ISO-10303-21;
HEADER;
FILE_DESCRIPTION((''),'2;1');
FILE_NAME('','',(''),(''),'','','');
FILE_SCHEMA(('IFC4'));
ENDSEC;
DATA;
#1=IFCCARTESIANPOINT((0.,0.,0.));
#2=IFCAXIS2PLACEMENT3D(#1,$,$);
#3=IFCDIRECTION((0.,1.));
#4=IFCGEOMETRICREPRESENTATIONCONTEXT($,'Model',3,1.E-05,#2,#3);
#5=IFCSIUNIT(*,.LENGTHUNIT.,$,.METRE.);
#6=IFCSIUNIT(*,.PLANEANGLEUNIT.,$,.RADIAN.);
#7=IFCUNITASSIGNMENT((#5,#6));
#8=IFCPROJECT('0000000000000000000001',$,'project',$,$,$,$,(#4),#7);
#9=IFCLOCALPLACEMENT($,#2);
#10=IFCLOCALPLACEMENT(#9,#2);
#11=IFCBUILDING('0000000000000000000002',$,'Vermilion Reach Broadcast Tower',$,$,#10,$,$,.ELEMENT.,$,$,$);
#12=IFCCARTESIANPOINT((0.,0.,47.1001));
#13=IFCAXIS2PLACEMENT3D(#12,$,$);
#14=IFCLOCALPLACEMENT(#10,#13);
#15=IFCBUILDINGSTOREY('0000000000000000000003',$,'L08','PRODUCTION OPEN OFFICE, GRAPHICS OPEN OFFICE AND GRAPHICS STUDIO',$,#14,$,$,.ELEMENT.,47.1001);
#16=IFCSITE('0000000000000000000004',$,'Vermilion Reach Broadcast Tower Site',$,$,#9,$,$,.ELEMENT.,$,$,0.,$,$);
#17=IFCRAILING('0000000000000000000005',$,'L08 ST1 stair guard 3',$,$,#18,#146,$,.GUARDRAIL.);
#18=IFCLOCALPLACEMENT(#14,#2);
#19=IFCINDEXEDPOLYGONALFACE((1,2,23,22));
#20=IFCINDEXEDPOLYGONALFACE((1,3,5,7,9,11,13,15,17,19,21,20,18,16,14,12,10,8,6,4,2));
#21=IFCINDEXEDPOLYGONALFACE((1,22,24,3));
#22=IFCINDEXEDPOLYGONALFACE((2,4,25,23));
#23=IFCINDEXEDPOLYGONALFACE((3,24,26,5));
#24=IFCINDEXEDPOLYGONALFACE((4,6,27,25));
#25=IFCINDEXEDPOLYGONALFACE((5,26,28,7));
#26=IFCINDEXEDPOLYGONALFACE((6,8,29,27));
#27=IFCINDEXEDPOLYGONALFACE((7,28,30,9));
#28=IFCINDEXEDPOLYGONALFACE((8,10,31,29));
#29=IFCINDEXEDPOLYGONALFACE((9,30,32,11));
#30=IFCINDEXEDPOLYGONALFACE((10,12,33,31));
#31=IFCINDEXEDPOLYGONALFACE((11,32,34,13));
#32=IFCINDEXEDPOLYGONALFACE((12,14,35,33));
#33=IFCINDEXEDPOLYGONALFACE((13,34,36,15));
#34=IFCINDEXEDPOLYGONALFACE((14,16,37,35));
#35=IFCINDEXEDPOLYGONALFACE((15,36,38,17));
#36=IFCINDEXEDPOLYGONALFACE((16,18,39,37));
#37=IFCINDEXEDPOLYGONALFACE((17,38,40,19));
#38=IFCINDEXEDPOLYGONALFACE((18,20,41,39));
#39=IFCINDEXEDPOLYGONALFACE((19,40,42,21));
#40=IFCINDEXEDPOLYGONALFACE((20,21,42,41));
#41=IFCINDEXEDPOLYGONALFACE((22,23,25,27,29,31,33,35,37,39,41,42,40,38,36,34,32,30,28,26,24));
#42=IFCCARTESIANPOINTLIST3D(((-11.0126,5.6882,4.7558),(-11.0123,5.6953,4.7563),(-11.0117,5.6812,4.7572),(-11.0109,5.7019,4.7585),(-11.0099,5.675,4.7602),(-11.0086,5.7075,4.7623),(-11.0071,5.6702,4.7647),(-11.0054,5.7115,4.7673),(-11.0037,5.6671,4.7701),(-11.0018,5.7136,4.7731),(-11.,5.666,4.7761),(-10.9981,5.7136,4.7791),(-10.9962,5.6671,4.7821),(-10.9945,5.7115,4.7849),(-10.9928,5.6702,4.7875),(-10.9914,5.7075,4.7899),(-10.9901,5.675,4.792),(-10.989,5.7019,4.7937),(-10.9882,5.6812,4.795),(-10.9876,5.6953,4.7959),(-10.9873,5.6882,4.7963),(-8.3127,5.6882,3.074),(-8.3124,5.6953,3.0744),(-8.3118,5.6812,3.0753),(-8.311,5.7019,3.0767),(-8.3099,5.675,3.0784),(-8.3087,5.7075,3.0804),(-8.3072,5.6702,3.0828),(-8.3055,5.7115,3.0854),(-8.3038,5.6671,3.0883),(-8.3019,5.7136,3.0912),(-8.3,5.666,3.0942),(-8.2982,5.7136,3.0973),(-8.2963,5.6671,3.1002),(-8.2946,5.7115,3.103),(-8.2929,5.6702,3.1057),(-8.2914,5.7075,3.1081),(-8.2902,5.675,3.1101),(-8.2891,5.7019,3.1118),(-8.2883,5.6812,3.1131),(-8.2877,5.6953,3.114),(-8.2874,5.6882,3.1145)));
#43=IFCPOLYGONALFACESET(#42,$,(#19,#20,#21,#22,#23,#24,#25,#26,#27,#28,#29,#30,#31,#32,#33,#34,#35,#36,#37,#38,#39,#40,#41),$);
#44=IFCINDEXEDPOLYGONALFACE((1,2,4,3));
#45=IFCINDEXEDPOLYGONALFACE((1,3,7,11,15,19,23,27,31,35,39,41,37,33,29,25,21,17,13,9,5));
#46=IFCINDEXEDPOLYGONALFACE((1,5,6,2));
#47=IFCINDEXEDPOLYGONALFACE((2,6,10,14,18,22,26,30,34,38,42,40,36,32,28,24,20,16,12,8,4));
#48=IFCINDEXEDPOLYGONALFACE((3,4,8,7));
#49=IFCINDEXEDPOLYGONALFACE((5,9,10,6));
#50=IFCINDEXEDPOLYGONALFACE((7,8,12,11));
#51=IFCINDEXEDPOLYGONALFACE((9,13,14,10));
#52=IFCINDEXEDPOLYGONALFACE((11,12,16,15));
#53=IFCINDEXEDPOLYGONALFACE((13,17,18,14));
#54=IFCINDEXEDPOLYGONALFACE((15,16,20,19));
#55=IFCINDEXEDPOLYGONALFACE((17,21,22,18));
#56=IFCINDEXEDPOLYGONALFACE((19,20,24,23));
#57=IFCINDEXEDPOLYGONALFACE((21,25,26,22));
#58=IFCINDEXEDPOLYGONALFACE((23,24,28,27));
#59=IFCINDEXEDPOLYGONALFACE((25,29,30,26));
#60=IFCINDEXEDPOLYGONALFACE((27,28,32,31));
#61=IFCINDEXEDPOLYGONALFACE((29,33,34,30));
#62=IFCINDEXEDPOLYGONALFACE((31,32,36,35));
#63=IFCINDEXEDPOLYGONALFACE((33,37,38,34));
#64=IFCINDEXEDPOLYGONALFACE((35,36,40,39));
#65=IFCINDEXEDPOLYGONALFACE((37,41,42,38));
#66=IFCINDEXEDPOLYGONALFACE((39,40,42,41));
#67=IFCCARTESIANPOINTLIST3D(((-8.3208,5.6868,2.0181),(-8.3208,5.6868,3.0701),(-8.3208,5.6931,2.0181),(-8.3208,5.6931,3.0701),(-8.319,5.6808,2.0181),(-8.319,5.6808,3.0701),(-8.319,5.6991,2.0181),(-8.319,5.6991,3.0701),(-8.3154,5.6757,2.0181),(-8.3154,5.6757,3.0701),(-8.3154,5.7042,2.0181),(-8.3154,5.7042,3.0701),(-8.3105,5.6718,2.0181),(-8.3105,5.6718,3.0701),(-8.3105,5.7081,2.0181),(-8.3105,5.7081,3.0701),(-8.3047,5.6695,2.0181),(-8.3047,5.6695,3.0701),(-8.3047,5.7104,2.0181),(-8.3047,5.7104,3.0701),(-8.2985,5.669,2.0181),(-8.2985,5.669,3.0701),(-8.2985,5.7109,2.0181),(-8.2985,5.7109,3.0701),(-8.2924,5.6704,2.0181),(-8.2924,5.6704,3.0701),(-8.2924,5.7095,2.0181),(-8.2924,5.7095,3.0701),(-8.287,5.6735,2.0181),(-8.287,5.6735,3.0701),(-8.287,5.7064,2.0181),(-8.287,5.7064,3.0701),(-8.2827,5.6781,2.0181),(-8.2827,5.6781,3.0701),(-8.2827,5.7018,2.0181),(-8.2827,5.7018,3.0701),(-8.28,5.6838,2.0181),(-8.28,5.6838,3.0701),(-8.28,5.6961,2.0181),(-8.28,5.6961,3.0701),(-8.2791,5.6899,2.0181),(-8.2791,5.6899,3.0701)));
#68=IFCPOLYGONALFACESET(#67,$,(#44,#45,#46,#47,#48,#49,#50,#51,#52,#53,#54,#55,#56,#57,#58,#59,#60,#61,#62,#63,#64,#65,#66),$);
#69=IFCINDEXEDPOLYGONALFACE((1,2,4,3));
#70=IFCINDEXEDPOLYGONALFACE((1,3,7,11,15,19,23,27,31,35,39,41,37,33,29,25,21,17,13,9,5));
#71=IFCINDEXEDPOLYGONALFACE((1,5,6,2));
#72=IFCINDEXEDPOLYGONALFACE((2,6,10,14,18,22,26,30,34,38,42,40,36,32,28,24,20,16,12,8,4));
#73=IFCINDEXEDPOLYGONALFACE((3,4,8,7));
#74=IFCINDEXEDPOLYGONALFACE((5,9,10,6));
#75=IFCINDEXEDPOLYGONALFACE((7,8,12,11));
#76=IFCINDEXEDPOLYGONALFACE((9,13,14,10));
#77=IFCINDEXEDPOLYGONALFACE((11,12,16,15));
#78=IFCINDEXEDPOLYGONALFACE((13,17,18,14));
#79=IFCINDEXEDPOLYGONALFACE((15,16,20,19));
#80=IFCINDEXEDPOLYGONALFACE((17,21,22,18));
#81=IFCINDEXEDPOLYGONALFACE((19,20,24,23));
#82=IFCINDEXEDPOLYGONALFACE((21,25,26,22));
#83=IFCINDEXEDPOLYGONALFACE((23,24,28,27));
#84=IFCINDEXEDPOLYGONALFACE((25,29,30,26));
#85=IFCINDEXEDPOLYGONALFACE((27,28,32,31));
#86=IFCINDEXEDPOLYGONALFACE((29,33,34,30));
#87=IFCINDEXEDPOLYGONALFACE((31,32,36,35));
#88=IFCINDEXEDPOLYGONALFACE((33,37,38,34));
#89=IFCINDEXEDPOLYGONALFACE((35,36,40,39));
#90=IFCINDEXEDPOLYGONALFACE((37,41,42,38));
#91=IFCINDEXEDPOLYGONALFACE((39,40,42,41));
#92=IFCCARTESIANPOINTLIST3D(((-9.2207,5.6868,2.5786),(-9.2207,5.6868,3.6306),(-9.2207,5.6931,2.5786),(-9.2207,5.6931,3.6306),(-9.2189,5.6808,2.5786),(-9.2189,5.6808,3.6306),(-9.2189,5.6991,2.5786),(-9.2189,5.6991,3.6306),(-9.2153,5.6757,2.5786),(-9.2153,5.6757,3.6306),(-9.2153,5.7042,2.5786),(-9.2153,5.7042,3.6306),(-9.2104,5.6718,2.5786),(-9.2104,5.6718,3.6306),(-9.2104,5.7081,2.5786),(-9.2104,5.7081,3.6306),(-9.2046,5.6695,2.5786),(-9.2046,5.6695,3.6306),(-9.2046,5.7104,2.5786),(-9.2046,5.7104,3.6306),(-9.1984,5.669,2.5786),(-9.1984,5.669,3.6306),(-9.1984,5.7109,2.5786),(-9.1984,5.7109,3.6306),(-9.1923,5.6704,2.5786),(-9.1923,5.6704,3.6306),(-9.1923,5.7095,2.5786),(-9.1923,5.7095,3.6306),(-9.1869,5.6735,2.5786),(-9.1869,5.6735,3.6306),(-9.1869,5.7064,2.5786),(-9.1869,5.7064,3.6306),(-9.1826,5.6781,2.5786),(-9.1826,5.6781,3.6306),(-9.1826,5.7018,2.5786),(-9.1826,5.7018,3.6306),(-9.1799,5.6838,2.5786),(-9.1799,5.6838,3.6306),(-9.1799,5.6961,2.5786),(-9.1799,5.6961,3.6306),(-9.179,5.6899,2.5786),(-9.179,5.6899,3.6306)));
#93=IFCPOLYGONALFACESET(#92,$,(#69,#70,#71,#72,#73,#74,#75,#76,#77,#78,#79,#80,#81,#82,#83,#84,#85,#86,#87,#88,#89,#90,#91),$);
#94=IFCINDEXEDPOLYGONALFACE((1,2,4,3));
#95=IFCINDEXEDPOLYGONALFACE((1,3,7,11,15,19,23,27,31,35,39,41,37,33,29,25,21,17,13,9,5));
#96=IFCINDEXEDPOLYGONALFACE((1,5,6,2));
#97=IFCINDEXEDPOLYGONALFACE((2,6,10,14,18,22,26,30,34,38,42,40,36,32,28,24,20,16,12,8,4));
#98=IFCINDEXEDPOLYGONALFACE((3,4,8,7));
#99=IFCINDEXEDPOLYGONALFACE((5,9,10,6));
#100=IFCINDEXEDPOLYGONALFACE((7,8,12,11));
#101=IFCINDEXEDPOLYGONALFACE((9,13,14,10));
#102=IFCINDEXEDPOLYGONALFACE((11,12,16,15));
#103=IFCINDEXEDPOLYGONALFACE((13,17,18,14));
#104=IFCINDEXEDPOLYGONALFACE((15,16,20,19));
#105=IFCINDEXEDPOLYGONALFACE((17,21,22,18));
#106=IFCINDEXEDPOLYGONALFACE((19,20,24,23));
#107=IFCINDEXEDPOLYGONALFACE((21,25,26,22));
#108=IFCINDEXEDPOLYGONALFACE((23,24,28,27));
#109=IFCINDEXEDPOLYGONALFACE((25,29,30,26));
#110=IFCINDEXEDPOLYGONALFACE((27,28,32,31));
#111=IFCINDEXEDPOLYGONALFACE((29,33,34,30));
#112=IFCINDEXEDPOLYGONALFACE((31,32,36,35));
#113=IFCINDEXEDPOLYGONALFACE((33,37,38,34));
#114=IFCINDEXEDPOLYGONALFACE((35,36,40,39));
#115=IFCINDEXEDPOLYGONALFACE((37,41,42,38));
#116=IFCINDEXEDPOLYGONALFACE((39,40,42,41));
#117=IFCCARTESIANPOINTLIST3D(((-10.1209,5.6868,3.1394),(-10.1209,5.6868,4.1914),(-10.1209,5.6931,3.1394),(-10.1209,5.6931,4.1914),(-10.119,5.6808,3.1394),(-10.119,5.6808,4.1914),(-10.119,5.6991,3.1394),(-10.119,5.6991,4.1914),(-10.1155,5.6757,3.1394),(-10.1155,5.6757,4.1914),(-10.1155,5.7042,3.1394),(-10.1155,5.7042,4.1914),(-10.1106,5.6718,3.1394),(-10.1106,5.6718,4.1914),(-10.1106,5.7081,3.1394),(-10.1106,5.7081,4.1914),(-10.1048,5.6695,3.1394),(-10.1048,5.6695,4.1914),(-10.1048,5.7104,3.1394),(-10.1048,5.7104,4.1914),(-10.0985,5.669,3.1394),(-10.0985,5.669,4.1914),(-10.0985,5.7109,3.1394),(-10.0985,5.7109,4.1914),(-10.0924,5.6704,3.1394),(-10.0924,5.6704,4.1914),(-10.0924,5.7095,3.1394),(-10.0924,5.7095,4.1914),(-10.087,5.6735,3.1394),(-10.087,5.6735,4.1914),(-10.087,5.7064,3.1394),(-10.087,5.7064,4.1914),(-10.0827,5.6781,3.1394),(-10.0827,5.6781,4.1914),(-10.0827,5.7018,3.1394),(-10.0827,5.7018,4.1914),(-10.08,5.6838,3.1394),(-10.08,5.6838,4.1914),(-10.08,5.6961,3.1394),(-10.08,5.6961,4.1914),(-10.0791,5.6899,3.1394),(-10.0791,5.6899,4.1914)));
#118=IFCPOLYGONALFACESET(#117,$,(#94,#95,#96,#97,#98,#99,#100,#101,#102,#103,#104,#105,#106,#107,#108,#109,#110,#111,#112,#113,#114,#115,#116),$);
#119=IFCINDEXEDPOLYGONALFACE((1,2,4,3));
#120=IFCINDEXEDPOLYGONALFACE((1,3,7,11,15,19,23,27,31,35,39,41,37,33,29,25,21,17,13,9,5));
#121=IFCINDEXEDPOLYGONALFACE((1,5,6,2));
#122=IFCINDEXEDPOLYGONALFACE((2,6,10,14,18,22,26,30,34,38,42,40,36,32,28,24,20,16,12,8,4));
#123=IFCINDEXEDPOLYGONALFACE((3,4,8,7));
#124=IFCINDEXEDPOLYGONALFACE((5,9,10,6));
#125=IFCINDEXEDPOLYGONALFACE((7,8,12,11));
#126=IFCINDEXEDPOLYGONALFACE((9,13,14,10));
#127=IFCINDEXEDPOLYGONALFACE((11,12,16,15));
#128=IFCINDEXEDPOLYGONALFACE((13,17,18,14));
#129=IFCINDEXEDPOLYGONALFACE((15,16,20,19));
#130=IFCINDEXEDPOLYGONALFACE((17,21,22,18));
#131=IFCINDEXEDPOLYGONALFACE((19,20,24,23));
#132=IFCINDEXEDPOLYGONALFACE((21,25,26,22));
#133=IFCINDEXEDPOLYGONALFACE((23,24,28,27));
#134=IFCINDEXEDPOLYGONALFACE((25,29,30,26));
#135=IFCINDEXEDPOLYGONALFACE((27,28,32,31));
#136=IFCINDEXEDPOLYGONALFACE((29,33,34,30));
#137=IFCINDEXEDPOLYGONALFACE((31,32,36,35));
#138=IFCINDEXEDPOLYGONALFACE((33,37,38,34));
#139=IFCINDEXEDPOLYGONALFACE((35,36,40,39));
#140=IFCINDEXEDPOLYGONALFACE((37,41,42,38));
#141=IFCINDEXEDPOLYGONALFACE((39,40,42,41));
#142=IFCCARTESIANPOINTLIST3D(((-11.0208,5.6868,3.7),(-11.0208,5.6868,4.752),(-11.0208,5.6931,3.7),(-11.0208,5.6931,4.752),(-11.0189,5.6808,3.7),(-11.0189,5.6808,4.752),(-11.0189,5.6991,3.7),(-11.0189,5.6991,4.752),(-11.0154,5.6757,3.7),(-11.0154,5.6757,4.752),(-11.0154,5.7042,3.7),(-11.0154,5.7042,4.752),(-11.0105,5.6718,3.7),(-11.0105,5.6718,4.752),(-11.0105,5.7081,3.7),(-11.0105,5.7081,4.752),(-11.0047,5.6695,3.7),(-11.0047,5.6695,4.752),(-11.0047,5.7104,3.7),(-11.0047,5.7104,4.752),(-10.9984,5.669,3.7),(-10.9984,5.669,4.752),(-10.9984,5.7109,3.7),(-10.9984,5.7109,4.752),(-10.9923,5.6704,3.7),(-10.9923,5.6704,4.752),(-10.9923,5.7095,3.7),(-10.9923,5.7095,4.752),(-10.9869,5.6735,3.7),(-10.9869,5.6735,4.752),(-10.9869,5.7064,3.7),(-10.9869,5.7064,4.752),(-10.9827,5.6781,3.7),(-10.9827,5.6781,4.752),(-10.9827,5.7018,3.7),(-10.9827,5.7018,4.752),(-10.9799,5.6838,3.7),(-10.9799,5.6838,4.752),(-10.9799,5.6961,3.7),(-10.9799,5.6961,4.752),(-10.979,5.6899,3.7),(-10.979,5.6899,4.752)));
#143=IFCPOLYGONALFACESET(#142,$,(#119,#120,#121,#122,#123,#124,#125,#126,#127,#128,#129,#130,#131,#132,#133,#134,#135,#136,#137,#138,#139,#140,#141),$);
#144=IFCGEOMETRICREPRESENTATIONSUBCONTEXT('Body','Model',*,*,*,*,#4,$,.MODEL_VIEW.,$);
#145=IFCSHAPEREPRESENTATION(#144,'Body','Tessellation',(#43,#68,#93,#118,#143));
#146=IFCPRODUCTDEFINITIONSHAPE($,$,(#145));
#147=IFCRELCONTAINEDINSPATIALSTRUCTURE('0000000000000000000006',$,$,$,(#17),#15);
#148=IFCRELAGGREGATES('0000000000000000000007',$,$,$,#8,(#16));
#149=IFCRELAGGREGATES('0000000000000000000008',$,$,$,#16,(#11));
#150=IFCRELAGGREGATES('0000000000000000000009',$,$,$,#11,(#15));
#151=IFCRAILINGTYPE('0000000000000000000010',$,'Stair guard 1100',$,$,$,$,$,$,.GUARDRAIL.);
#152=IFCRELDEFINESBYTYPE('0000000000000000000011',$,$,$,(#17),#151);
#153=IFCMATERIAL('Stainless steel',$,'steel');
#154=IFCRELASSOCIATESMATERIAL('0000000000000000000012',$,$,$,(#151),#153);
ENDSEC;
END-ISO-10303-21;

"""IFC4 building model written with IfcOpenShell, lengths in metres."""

from ifc_helpers import new_model, si_unit, direction, frame, origin, origin_2d, place, context, subcontext, project, spatial, circle, extrude, material, type_object, element, save


model = new_model("IFC4")

# Units and contexts
model_context = context("Model", 3, precision=1e-05, world=origin(), true_north=direction((0.0, 1.0)))
body_context = subcontext(model_context, "Body", "Model", "MODEL_VIEW")
ifc_project = project(units=[si_unit("LENGTHUNIT", "METRE"), si_unit("PLANEANGLEUNIT", "RADIAN")], contexts=[model_context])

# Site, building, storey
site_placement = place(None, origin())
site = spatial("IfcSite", under=ifc_project, at=site_placement, Name="Vermilion Reach Broadcast Tower Site", CompositionType="ELEMENT", RefElevation=0.0)
building_placement = place(site_placement, origin())
building = spatial("IfcBuilding", under=site, at=building_placement, Name="Vermilion Reach Broadcast Tower", CompositionType="ELEMENT")
storey_placement = place(building_placement, frame((0.0, 0.0, 47.1001)))
storey = spatial("IfcBuildingStorey", under=building, at=storey_placement, Name="L08", Description="PRODUCTION OPEN OFFICE, GRAPHICS OPEN OFFICE AND GRAPHICS STUDIO", CompositionType="ELEMENT", Elevation=47.1001)

# Railing
ifc_material_1 = material(Name="Stainless steel", Category="steel")
railing_type_1 = type_object("IfcRailingType", Name="Stair guard 1100", PredefinedType="GUARDRAIL", material=ifc_material_1)
railing_1_placement = place(storey_placement, frame((-8.3, 5.6899, 2.0181)))
element("IfcRailing", 1, at=railing_1_placement, inside=storey, type_object=railing_type_1, Name="L08 ST1 stair guard 3", PredefinedType="GUARDRAIL", context=body_context, shape_type="SweptSolid", body=[
    extrude(circle(Radius=0.0239, at=origin_2d()), frame((0.0, 0.0, 1.0762), z_axis=(-0.848786, 0.0, 0.528736), x_axis=(0.0, -1.0, 0.0)), (0.0, 0.0, 1.0), 3.1809),
    extrude(circle(Radius=0.021, at=origin_2d()), origin(), (0.0, 0.0, 1.0), 1.052),
    extrude(circle(Radius=0.021, at=origin_2d()), frame((-0.8999, 0.0, 0.5605)), (0.0, 0.0, 1.0), 1.052),
    extrude(circle(Radius=0.021, at=origin_2d()), frame((-1.8, 0.0, 1.1213)), (0.0, 0.0, 1.0), 1.052),
    extrude(circle(Radius=0.021, at=origin_2d()), frame((-2.7, 0.0, 1.6819)), (0.0, 0.0, 1.0), 1.052),
])

save(model, "model.ifc")
